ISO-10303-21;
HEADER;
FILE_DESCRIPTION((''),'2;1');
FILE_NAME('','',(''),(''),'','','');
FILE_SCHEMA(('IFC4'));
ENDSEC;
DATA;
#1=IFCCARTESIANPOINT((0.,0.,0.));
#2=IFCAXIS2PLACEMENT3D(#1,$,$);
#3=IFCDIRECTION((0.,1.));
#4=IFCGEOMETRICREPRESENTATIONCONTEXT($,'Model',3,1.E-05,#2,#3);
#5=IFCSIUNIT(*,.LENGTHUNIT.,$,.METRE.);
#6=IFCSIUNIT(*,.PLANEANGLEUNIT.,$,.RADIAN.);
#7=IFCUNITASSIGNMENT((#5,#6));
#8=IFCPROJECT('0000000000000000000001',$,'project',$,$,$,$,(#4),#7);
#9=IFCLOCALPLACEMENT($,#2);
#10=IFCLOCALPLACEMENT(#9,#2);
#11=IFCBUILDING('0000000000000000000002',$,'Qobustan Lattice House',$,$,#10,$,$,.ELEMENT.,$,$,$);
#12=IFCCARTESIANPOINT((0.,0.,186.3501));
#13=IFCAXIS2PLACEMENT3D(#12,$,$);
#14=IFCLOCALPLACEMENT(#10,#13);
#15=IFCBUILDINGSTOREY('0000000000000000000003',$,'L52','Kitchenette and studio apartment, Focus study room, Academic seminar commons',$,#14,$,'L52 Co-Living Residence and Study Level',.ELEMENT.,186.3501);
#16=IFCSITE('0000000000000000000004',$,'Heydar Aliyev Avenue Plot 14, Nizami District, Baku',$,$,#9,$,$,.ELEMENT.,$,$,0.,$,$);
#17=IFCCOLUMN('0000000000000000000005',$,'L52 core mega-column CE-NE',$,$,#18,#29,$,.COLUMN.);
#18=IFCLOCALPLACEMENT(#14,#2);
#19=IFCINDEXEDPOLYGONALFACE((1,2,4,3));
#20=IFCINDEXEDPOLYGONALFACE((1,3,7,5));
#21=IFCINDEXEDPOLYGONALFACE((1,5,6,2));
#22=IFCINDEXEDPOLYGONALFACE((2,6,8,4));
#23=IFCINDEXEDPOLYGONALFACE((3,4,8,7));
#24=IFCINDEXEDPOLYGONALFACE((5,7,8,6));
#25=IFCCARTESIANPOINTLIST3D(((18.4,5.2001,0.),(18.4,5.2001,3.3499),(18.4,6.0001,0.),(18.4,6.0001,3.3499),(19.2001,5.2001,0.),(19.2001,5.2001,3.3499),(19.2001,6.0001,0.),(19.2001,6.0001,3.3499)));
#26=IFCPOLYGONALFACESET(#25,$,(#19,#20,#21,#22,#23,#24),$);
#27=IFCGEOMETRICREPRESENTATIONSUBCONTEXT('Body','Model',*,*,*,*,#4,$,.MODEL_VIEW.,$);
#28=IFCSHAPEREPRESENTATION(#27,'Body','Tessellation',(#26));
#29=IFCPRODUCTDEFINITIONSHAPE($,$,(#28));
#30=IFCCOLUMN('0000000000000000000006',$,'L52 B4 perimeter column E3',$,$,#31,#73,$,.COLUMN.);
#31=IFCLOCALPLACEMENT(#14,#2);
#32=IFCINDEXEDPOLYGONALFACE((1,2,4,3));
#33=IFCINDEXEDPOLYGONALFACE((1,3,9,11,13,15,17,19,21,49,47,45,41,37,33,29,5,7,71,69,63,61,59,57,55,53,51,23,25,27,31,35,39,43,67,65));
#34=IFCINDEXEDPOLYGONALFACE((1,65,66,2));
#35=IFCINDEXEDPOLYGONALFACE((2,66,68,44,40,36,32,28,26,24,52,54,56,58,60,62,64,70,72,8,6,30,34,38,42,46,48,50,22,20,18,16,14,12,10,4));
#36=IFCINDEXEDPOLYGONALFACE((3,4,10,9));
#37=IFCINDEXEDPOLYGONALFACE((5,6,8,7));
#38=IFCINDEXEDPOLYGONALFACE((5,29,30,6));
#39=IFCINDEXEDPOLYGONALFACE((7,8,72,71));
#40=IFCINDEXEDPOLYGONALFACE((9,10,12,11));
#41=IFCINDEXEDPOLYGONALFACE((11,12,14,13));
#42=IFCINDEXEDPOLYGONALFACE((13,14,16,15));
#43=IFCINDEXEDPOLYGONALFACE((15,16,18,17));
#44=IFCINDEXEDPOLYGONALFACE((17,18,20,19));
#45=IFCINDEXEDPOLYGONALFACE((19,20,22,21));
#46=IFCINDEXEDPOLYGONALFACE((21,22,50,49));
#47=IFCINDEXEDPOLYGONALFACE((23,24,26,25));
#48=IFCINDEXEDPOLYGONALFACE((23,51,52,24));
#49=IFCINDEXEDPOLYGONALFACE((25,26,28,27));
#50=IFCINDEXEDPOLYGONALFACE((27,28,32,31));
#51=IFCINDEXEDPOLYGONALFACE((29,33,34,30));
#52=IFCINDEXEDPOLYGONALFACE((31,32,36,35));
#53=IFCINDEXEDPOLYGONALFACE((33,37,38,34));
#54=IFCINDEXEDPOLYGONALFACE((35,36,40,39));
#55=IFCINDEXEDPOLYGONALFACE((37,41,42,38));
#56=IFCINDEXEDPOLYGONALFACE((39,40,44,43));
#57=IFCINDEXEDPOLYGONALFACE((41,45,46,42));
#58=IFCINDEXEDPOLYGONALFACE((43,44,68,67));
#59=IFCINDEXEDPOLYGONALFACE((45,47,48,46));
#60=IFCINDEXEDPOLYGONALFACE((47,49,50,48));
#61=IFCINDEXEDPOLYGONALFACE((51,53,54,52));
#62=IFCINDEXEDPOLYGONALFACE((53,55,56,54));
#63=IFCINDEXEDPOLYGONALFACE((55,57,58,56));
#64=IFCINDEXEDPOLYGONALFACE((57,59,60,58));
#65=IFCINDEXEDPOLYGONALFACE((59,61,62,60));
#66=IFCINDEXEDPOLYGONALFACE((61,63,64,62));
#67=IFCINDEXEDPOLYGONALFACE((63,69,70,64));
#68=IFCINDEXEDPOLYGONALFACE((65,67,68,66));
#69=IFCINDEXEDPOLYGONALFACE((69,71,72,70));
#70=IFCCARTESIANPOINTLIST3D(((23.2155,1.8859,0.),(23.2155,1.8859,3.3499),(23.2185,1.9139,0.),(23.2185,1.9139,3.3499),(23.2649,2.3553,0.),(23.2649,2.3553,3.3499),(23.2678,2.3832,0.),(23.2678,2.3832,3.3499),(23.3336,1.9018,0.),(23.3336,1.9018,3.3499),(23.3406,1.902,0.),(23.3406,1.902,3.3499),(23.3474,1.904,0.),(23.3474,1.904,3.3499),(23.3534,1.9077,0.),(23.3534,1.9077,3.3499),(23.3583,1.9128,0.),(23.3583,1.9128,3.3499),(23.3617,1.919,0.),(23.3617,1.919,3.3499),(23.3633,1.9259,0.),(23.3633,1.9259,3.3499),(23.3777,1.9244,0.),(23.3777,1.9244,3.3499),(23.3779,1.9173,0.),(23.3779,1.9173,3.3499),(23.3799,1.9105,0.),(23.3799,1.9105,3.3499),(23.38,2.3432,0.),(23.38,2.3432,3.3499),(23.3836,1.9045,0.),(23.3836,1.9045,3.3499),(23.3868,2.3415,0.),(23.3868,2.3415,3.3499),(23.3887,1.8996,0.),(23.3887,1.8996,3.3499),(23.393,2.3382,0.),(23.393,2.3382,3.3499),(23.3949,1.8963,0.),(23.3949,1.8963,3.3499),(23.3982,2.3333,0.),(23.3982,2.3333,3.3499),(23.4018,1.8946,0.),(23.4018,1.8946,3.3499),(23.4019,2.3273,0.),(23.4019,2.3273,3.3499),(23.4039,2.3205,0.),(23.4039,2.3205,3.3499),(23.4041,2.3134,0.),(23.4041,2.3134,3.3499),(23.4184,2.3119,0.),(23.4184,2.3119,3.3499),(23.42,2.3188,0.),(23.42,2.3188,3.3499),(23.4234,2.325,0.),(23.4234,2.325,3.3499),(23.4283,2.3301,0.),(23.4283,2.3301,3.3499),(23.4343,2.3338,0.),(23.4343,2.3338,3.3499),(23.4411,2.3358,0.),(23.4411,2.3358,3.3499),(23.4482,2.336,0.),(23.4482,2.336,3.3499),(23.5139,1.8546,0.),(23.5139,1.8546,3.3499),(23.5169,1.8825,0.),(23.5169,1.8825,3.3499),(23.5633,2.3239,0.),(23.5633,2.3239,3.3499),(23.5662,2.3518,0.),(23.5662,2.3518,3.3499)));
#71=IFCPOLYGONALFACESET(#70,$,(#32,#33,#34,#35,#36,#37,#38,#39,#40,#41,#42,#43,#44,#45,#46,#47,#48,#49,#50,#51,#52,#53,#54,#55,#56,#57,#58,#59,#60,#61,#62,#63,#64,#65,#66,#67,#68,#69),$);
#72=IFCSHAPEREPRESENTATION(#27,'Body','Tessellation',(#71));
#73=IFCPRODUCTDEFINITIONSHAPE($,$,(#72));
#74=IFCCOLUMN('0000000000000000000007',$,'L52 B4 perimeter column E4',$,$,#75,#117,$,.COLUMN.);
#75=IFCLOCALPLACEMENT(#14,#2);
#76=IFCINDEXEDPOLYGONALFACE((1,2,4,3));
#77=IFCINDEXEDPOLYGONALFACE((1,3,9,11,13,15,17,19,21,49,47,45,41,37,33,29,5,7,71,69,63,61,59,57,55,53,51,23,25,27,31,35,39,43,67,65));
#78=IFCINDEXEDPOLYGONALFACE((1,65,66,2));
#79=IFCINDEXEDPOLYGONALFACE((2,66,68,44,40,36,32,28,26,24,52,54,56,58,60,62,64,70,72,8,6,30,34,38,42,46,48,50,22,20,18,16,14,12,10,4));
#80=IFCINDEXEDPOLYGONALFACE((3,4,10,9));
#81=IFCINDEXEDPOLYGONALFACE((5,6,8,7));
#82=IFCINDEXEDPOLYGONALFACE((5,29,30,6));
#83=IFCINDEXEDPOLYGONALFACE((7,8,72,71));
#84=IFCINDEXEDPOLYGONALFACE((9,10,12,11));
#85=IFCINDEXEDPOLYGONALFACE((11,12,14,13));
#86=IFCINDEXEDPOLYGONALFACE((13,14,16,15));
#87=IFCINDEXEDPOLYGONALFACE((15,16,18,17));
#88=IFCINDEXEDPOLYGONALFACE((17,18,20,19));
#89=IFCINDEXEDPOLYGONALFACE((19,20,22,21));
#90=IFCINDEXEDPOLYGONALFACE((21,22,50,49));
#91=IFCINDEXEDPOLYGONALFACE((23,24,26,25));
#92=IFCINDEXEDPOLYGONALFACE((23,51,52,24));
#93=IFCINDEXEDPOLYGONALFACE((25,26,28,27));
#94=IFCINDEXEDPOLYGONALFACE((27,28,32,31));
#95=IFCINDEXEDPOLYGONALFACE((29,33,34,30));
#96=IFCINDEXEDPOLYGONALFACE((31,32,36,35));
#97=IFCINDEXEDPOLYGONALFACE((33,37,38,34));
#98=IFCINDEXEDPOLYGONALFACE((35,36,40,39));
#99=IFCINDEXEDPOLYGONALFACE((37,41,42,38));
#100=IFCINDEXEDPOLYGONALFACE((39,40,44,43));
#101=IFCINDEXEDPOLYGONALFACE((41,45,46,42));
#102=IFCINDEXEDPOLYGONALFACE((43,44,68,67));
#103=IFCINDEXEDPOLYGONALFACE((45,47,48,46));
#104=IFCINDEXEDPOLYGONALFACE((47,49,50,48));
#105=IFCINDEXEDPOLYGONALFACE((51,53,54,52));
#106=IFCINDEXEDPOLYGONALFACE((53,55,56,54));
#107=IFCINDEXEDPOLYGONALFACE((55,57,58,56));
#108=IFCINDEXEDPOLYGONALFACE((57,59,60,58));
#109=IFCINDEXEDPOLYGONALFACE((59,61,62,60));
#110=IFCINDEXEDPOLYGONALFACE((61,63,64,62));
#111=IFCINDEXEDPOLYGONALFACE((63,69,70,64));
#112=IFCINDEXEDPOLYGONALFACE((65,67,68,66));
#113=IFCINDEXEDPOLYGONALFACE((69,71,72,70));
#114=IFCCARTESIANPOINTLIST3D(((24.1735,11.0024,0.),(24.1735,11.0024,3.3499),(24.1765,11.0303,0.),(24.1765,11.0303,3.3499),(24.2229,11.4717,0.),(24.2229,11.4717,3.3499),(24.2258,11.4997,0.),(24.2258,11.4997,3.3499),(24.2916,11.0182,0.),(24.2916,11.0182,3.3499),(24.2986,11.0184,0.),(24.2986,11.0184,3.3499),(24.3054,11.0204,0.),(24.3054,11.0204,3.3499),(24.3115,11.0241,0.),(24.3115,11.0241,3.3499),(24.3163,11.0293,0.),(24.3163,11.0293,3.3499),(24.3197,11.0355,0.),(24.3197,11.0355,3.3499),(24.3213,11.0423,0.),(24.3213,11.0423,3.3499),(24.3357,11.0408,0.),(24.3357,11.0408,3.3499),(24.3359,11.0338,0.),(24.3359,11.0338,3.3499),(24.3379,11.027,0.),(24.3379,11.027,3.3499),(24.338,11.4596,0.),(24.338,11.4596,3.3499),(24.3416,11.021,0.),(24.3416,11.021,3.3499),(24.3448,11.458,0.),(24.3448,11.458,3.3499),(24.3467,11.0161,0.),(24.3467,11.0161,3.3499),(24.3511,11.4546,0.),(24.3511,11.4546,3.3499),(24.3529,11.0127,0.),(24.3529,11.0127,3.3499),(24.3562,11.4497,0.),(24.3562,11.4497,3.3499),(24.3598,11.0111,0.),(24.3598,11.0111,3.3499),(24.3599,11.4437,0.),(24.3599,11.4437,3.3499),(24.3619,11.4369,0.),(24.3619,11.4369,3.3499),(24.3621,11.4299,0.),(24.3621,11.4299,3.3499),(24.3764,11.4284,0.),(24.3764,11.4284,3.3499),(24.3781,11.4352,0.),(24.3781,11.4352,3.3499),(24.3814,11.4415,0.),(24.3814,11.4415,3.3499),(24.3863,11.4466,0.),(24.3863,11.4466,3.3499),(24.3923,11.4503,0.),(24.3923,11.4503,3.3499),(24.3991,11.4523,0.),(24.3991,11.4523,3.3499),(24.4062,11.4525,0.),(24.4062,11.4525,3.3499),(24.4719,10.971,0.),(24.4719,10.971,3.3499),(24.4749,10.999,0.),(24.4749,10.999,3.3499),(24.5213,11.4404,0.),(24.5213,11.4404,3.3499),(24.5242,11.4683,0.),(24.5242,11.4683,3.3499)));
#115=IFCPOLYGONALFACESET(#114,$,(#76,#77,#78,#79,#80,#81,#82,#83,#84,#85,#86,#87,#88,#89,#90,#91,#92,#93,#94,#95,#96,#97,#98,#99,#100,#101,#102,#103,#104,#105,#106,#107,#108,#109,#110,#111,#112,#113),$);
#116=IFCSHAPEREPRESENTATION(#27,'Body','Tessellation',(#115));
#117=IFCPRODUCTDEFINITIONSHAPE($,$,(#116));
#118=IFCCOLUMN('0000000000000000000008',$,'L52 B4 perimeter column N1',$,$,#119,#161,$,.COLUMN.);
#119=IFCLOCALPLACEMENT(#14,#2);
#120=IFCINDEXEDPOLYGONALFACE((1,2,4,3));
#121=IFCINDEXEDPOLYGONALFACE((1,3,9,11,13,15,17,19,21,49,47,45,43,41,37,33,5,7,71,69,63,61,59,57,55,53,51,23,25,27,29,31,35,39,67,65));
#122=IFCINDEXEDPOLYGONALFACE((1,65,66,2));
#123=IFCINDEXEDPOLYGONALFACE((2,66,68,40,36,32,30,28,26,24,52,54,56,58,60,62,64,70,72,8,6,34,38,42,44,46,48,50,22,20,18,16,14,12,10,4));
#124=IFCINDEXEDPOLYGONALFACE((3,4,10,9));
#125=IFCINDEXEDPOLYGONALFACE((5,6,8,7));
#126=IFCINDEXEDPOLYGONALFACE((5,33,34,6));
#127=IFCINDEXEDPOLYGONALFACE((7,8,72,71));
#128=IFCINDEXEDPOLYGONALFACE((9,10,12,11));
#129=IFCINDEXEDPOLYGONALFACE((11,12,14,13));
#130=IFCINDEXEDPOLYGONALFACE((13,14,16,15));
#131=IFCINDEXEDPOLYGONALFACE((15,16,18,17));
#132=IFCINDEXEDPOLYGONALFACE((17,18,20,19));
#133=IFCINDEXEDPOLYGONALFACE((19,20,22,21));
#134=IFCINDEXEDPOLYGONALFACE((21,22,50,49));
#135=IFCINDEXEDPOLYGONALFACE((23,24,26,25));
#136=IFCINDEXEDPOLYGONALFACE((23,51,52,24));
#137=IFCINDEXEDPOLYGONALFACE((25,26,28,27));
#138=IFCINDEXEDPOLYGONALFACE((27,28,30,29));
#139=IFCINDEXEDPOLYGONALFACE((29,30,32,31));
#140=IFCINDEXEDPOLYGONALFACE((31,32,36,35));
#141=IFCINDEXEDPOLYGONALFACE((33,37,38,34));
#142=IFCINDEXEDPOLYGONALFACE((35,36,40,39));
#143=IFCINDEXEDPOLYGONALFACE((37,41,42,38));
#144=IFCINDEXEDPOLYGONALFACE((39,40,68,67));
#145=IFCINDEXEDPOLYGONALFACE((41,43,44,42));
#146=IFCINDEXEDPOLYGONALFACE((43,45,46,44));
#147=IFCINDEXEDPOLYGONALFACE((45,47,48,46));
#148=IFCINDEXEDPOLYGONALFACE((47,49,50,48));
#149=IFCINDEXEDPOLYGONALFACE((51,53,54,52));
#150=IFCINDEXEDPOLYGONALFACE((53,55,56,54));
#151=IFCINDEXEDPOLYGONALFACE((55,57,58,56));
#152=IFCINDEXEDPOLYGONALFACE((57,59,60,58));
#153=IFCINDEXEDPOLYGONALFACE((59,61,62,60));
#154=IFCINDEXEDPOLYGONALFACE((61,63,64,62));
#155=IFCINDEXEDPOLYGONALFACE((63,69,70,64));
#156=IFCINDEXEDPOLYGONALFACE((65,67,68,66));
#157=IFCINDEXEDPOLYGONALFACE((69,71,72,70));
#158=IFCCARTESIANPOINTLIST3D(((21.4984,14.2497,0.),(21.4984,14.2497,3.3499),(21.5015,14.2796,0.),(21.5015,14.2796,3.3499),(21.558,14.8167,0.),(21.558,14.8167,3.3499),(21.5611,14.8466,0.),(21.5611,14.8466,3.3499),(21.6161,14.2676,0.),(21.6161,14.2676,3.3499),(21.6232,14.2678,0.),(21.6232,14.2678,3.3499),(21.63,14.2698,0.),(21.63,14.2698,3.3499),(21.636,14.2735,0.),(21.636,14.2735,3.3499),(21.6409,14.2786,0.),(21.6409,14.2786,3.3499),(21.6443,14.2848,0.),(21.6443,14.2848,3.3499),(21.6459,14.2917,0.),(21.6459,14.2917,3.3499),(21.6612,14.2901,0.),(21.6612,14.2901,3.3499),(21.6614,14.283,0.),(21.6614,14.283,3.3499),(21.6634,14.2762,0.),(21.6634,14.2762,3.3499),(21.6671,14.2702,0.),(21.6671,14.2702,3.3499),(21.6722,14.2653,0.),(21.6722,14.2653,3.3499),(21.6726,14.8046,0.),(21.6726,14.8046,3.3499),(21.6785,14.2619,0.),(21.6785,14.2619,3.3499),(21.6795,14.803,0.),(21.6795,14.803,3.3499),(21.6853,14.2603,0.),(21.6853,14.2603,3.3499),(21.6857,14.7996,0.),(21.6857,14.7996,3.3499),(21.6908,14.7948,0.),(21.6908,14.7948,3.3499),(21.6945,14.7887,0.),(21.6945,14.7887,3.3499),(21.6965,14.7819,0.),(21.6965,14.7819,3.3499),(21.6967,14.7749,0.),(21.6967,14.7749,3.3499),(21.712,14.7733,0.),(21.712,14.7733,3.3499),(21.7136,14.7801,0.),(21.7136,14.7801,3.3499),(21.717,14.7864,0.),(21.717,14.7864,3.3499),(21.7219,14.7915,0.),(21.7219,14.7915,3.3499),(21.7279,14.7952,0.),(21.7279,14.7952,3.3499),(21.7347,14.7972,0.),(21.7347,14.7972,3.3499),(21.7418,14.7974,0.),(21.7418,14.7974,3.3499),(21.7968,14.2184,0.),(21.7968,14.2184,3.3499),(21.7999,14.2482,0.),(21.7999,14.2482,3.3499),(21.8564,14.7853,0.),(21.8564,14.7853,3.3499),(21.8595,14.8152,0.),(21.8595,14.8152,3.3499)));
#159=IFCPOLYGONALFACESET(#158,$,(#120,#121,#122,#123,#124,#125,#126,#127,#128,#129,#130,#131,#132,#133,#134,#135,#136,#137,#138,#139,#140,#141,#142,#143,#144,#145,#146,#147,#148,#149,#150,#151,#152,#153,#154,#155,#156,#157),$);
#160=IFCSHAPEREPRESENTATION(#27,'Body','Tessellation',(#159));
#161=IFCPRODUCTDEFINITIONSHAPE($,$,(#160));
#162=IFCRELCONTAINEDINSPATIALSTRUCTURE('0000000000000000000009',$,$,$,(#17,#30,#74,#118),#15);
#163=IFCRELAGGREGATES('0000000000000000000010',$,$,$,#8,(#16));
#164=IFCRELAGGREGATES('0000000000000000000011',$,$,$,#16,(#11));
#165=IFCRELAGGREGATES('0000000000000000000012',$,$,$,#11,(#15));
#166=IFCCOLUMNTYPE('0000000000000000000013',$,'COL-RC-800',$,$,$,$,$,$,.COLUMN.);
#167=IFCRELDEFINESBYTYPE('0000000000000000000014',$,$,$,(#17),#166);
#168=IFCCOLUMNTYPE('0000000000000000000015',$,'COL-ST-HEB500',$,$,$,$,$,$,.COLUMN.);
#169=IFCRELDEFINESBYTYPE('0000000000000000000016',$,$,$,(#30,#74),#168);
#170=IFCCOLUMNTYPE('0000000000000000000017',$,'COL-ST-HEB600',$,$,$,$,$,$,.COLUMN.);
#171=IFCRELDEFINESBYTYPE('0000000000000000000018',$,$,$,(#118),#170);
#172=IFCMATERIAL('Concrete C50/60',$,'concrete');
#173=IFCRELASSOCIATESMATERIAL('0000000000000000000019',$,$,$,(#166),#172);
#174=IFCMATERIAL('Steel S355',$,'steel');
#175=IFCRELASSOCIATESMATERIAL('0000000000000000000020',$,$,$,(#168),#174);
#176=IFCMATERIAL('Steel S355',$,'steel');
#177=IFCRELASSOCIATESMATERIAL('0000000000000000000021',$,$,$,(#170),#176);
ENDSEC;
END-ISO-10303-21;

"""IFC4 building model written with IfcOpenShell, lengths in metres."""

from ifc_helpers import new_model, si_unit, direction, frame, origin, origin_2d, place, context, subcontext, project, spatial, rectangle, i_section, extrude, material, material_profile, profile_set, type_object, element, save


model = new_model("IFC4")

# Units and contexts
model_context = context("Model", 3, precision=1e-05, world=origin(), true_north=direction((0.0, 1.0)))
body_context = subcontext(model_context, "Body", "Model", "MODEL_VIEW")
ifc_project = project(units=[si_unit("LENGTHUNIT", "METRE"), si_unit("PLANEANGLEUNIT", "RADIAN")], contexts=[model_context])

# Site, building, storey
site_placement = place(None, origin())
site = spatial("IfcSite", under=ifc_project, at=site_placement, Name="Heydar Aliyev Avenue Plot 14, Nizami District, Baku", CompositionType="ELEMENT", RefElevation=0.0)
building_placement = place(site_placement, origin())
building = spatial("IfcBuilding", under=site, at=building_placement, Name="Qobustan Lattice House", CompositionType="ELEMENT")
storey_placement = place(building_placement, frame((0.0, 0.0, 186.3501)))
storey = spatial("IfcBuildingStorey", under=building, at=storey_placement, Name="L52", Description="Kitchenette and studio apartment, Focus study room, Academic seminar commons", LongName="L52 Co-Living Residence and Study Level", CompositionType="ELEMENT", Elevation=186.3501)

# Columns
ifc_material_1 = material(Name="Concrete C50/60", Category="concrete")
ifc_material_profile_1 = material_profile(ifc_material_1, rectangle(XDim=0.8, YDim=0.8, at=origin_2d()), Name="RC800x800")
ifc_profile_set_1 = profile_set([ifc_material_profile_1], Name="Concrete C50/60")
column_type_1 = type_object("IfcColumnType", Name="COL-RC-800", PredefinedType="COLUMN", material=ifc_profile_set_1)
column_1_placement = place(storey_placement, frame((18.8, 5.6001, 0.0), z_axis=(0.0, 0.0, 1.0), x_axis=(1.0, 0.0, 0.0)))
element("IfcColumn", 1, at=column_1_placement, inside=storey, type_object=column_type_1, Name="L52 core mega-column CE-NE", PredefinedType="COLUMN", context=body_context, shape_type="SweptSolid", body=[
    extrude(rectangle(XDim=0.8, YDim=0.8, at=origin_2d()), origin(), (0.0, 0.0, 1.0), 3.3499),
])
ifc_material_2 = material(Name="Steel S355", Category="steel")
ifc_material_profile_2 = material_profile(ifc_material_2, i_section(OverallWidth=0.3, OverallDepth=0.5, WebThickness=0.0144, FlangeThickness=0.0281, FilletRadius=0.0271, at=origin_2d()), Name="HEB500")
ifc_profile_set_2 = profile_set([ifc_material_profile_2], Name="Steel S355")
column_type_2 = type_object("IfcColumnType", Name="COL-ST-HEB500", PredefinedType="COLUMN", material=ifc_profile_set_2)
for number, where, z_axis, x_axis, name in (
    (2, (23.3909, 2.1189, 0.0), (0.0, 0.0, 1.0), (0.994522, -0.104528, 0.0), "L52 B4 perimeter column E3"),
    (3, (24.3489, 11.2354, 0.0), (0.0, 0.0, 1.0), (0.994522, -0.104528, 0.0), "L52 B4 perimeter column E4"),
):
    element("IfcColumn", number, at=place(storey_placement, frame(where, z_axis=z_axis, x_axis=x_axis)), inside=storey, type_object=column_type_2, Name=name, PredefinedType="COLUMN", context=body_context, shape_type="SweptSolid", body=[
        extrude(i_section(OverallWidth=0.3, OverallDepth=0.5, WebThickness=0.0144, FlangeThickness=0.0281, FilletRadius=0.0271, at=origin_2d()), origin(), (0.0, 0.0, 1.0), 3.3499),
    ])
ifc_material_3 = material(Name="Steel S355", Category="steel")
ifc_material_profile_3 = material_profile(ifc_material_3, i_section(OverallWidth=0.3, OverallDepth=0.6001, WebThickness=0.0154, FlangeThickness=0.03, FilletRadius=0.0271, at=origin_2d()), Name="HEB600")
ifc_profile_set_3 = profile_set([ifc_material_profile_3], Name="Steel S355")
column_type_3 = type_object("IfcColumnType", Name="COL-ST-HEB600", PredefinedType="COLUMN", material=ifc_profile_set_3)
column_2_placement = place(storey_placement, frame((21.679, 14.5325, 0.0), z_axis=(0.0, 0.0, 1.0), x_axis=(0.994522, -0.104528, 0.0)))
element("IfcColumn", 4, at=column_2_placement, inside=storey, type_object=column_type_3, Name="L52 B4 perimeter column N1", PredefinedType="COLUMN", context=body_context, shape_type="SweptSolid", body=[
    extrude(i_section(OverallWidth=0.3, OverallDepth=0.6001, WebThickness=0.0154, FlangeThickness=0.03, FilletRadius=0.0271, at=origin_2d()), origin(), (0.0, 0.0, 1.0), 3.3499),
])

save(model, "model.ifc")
